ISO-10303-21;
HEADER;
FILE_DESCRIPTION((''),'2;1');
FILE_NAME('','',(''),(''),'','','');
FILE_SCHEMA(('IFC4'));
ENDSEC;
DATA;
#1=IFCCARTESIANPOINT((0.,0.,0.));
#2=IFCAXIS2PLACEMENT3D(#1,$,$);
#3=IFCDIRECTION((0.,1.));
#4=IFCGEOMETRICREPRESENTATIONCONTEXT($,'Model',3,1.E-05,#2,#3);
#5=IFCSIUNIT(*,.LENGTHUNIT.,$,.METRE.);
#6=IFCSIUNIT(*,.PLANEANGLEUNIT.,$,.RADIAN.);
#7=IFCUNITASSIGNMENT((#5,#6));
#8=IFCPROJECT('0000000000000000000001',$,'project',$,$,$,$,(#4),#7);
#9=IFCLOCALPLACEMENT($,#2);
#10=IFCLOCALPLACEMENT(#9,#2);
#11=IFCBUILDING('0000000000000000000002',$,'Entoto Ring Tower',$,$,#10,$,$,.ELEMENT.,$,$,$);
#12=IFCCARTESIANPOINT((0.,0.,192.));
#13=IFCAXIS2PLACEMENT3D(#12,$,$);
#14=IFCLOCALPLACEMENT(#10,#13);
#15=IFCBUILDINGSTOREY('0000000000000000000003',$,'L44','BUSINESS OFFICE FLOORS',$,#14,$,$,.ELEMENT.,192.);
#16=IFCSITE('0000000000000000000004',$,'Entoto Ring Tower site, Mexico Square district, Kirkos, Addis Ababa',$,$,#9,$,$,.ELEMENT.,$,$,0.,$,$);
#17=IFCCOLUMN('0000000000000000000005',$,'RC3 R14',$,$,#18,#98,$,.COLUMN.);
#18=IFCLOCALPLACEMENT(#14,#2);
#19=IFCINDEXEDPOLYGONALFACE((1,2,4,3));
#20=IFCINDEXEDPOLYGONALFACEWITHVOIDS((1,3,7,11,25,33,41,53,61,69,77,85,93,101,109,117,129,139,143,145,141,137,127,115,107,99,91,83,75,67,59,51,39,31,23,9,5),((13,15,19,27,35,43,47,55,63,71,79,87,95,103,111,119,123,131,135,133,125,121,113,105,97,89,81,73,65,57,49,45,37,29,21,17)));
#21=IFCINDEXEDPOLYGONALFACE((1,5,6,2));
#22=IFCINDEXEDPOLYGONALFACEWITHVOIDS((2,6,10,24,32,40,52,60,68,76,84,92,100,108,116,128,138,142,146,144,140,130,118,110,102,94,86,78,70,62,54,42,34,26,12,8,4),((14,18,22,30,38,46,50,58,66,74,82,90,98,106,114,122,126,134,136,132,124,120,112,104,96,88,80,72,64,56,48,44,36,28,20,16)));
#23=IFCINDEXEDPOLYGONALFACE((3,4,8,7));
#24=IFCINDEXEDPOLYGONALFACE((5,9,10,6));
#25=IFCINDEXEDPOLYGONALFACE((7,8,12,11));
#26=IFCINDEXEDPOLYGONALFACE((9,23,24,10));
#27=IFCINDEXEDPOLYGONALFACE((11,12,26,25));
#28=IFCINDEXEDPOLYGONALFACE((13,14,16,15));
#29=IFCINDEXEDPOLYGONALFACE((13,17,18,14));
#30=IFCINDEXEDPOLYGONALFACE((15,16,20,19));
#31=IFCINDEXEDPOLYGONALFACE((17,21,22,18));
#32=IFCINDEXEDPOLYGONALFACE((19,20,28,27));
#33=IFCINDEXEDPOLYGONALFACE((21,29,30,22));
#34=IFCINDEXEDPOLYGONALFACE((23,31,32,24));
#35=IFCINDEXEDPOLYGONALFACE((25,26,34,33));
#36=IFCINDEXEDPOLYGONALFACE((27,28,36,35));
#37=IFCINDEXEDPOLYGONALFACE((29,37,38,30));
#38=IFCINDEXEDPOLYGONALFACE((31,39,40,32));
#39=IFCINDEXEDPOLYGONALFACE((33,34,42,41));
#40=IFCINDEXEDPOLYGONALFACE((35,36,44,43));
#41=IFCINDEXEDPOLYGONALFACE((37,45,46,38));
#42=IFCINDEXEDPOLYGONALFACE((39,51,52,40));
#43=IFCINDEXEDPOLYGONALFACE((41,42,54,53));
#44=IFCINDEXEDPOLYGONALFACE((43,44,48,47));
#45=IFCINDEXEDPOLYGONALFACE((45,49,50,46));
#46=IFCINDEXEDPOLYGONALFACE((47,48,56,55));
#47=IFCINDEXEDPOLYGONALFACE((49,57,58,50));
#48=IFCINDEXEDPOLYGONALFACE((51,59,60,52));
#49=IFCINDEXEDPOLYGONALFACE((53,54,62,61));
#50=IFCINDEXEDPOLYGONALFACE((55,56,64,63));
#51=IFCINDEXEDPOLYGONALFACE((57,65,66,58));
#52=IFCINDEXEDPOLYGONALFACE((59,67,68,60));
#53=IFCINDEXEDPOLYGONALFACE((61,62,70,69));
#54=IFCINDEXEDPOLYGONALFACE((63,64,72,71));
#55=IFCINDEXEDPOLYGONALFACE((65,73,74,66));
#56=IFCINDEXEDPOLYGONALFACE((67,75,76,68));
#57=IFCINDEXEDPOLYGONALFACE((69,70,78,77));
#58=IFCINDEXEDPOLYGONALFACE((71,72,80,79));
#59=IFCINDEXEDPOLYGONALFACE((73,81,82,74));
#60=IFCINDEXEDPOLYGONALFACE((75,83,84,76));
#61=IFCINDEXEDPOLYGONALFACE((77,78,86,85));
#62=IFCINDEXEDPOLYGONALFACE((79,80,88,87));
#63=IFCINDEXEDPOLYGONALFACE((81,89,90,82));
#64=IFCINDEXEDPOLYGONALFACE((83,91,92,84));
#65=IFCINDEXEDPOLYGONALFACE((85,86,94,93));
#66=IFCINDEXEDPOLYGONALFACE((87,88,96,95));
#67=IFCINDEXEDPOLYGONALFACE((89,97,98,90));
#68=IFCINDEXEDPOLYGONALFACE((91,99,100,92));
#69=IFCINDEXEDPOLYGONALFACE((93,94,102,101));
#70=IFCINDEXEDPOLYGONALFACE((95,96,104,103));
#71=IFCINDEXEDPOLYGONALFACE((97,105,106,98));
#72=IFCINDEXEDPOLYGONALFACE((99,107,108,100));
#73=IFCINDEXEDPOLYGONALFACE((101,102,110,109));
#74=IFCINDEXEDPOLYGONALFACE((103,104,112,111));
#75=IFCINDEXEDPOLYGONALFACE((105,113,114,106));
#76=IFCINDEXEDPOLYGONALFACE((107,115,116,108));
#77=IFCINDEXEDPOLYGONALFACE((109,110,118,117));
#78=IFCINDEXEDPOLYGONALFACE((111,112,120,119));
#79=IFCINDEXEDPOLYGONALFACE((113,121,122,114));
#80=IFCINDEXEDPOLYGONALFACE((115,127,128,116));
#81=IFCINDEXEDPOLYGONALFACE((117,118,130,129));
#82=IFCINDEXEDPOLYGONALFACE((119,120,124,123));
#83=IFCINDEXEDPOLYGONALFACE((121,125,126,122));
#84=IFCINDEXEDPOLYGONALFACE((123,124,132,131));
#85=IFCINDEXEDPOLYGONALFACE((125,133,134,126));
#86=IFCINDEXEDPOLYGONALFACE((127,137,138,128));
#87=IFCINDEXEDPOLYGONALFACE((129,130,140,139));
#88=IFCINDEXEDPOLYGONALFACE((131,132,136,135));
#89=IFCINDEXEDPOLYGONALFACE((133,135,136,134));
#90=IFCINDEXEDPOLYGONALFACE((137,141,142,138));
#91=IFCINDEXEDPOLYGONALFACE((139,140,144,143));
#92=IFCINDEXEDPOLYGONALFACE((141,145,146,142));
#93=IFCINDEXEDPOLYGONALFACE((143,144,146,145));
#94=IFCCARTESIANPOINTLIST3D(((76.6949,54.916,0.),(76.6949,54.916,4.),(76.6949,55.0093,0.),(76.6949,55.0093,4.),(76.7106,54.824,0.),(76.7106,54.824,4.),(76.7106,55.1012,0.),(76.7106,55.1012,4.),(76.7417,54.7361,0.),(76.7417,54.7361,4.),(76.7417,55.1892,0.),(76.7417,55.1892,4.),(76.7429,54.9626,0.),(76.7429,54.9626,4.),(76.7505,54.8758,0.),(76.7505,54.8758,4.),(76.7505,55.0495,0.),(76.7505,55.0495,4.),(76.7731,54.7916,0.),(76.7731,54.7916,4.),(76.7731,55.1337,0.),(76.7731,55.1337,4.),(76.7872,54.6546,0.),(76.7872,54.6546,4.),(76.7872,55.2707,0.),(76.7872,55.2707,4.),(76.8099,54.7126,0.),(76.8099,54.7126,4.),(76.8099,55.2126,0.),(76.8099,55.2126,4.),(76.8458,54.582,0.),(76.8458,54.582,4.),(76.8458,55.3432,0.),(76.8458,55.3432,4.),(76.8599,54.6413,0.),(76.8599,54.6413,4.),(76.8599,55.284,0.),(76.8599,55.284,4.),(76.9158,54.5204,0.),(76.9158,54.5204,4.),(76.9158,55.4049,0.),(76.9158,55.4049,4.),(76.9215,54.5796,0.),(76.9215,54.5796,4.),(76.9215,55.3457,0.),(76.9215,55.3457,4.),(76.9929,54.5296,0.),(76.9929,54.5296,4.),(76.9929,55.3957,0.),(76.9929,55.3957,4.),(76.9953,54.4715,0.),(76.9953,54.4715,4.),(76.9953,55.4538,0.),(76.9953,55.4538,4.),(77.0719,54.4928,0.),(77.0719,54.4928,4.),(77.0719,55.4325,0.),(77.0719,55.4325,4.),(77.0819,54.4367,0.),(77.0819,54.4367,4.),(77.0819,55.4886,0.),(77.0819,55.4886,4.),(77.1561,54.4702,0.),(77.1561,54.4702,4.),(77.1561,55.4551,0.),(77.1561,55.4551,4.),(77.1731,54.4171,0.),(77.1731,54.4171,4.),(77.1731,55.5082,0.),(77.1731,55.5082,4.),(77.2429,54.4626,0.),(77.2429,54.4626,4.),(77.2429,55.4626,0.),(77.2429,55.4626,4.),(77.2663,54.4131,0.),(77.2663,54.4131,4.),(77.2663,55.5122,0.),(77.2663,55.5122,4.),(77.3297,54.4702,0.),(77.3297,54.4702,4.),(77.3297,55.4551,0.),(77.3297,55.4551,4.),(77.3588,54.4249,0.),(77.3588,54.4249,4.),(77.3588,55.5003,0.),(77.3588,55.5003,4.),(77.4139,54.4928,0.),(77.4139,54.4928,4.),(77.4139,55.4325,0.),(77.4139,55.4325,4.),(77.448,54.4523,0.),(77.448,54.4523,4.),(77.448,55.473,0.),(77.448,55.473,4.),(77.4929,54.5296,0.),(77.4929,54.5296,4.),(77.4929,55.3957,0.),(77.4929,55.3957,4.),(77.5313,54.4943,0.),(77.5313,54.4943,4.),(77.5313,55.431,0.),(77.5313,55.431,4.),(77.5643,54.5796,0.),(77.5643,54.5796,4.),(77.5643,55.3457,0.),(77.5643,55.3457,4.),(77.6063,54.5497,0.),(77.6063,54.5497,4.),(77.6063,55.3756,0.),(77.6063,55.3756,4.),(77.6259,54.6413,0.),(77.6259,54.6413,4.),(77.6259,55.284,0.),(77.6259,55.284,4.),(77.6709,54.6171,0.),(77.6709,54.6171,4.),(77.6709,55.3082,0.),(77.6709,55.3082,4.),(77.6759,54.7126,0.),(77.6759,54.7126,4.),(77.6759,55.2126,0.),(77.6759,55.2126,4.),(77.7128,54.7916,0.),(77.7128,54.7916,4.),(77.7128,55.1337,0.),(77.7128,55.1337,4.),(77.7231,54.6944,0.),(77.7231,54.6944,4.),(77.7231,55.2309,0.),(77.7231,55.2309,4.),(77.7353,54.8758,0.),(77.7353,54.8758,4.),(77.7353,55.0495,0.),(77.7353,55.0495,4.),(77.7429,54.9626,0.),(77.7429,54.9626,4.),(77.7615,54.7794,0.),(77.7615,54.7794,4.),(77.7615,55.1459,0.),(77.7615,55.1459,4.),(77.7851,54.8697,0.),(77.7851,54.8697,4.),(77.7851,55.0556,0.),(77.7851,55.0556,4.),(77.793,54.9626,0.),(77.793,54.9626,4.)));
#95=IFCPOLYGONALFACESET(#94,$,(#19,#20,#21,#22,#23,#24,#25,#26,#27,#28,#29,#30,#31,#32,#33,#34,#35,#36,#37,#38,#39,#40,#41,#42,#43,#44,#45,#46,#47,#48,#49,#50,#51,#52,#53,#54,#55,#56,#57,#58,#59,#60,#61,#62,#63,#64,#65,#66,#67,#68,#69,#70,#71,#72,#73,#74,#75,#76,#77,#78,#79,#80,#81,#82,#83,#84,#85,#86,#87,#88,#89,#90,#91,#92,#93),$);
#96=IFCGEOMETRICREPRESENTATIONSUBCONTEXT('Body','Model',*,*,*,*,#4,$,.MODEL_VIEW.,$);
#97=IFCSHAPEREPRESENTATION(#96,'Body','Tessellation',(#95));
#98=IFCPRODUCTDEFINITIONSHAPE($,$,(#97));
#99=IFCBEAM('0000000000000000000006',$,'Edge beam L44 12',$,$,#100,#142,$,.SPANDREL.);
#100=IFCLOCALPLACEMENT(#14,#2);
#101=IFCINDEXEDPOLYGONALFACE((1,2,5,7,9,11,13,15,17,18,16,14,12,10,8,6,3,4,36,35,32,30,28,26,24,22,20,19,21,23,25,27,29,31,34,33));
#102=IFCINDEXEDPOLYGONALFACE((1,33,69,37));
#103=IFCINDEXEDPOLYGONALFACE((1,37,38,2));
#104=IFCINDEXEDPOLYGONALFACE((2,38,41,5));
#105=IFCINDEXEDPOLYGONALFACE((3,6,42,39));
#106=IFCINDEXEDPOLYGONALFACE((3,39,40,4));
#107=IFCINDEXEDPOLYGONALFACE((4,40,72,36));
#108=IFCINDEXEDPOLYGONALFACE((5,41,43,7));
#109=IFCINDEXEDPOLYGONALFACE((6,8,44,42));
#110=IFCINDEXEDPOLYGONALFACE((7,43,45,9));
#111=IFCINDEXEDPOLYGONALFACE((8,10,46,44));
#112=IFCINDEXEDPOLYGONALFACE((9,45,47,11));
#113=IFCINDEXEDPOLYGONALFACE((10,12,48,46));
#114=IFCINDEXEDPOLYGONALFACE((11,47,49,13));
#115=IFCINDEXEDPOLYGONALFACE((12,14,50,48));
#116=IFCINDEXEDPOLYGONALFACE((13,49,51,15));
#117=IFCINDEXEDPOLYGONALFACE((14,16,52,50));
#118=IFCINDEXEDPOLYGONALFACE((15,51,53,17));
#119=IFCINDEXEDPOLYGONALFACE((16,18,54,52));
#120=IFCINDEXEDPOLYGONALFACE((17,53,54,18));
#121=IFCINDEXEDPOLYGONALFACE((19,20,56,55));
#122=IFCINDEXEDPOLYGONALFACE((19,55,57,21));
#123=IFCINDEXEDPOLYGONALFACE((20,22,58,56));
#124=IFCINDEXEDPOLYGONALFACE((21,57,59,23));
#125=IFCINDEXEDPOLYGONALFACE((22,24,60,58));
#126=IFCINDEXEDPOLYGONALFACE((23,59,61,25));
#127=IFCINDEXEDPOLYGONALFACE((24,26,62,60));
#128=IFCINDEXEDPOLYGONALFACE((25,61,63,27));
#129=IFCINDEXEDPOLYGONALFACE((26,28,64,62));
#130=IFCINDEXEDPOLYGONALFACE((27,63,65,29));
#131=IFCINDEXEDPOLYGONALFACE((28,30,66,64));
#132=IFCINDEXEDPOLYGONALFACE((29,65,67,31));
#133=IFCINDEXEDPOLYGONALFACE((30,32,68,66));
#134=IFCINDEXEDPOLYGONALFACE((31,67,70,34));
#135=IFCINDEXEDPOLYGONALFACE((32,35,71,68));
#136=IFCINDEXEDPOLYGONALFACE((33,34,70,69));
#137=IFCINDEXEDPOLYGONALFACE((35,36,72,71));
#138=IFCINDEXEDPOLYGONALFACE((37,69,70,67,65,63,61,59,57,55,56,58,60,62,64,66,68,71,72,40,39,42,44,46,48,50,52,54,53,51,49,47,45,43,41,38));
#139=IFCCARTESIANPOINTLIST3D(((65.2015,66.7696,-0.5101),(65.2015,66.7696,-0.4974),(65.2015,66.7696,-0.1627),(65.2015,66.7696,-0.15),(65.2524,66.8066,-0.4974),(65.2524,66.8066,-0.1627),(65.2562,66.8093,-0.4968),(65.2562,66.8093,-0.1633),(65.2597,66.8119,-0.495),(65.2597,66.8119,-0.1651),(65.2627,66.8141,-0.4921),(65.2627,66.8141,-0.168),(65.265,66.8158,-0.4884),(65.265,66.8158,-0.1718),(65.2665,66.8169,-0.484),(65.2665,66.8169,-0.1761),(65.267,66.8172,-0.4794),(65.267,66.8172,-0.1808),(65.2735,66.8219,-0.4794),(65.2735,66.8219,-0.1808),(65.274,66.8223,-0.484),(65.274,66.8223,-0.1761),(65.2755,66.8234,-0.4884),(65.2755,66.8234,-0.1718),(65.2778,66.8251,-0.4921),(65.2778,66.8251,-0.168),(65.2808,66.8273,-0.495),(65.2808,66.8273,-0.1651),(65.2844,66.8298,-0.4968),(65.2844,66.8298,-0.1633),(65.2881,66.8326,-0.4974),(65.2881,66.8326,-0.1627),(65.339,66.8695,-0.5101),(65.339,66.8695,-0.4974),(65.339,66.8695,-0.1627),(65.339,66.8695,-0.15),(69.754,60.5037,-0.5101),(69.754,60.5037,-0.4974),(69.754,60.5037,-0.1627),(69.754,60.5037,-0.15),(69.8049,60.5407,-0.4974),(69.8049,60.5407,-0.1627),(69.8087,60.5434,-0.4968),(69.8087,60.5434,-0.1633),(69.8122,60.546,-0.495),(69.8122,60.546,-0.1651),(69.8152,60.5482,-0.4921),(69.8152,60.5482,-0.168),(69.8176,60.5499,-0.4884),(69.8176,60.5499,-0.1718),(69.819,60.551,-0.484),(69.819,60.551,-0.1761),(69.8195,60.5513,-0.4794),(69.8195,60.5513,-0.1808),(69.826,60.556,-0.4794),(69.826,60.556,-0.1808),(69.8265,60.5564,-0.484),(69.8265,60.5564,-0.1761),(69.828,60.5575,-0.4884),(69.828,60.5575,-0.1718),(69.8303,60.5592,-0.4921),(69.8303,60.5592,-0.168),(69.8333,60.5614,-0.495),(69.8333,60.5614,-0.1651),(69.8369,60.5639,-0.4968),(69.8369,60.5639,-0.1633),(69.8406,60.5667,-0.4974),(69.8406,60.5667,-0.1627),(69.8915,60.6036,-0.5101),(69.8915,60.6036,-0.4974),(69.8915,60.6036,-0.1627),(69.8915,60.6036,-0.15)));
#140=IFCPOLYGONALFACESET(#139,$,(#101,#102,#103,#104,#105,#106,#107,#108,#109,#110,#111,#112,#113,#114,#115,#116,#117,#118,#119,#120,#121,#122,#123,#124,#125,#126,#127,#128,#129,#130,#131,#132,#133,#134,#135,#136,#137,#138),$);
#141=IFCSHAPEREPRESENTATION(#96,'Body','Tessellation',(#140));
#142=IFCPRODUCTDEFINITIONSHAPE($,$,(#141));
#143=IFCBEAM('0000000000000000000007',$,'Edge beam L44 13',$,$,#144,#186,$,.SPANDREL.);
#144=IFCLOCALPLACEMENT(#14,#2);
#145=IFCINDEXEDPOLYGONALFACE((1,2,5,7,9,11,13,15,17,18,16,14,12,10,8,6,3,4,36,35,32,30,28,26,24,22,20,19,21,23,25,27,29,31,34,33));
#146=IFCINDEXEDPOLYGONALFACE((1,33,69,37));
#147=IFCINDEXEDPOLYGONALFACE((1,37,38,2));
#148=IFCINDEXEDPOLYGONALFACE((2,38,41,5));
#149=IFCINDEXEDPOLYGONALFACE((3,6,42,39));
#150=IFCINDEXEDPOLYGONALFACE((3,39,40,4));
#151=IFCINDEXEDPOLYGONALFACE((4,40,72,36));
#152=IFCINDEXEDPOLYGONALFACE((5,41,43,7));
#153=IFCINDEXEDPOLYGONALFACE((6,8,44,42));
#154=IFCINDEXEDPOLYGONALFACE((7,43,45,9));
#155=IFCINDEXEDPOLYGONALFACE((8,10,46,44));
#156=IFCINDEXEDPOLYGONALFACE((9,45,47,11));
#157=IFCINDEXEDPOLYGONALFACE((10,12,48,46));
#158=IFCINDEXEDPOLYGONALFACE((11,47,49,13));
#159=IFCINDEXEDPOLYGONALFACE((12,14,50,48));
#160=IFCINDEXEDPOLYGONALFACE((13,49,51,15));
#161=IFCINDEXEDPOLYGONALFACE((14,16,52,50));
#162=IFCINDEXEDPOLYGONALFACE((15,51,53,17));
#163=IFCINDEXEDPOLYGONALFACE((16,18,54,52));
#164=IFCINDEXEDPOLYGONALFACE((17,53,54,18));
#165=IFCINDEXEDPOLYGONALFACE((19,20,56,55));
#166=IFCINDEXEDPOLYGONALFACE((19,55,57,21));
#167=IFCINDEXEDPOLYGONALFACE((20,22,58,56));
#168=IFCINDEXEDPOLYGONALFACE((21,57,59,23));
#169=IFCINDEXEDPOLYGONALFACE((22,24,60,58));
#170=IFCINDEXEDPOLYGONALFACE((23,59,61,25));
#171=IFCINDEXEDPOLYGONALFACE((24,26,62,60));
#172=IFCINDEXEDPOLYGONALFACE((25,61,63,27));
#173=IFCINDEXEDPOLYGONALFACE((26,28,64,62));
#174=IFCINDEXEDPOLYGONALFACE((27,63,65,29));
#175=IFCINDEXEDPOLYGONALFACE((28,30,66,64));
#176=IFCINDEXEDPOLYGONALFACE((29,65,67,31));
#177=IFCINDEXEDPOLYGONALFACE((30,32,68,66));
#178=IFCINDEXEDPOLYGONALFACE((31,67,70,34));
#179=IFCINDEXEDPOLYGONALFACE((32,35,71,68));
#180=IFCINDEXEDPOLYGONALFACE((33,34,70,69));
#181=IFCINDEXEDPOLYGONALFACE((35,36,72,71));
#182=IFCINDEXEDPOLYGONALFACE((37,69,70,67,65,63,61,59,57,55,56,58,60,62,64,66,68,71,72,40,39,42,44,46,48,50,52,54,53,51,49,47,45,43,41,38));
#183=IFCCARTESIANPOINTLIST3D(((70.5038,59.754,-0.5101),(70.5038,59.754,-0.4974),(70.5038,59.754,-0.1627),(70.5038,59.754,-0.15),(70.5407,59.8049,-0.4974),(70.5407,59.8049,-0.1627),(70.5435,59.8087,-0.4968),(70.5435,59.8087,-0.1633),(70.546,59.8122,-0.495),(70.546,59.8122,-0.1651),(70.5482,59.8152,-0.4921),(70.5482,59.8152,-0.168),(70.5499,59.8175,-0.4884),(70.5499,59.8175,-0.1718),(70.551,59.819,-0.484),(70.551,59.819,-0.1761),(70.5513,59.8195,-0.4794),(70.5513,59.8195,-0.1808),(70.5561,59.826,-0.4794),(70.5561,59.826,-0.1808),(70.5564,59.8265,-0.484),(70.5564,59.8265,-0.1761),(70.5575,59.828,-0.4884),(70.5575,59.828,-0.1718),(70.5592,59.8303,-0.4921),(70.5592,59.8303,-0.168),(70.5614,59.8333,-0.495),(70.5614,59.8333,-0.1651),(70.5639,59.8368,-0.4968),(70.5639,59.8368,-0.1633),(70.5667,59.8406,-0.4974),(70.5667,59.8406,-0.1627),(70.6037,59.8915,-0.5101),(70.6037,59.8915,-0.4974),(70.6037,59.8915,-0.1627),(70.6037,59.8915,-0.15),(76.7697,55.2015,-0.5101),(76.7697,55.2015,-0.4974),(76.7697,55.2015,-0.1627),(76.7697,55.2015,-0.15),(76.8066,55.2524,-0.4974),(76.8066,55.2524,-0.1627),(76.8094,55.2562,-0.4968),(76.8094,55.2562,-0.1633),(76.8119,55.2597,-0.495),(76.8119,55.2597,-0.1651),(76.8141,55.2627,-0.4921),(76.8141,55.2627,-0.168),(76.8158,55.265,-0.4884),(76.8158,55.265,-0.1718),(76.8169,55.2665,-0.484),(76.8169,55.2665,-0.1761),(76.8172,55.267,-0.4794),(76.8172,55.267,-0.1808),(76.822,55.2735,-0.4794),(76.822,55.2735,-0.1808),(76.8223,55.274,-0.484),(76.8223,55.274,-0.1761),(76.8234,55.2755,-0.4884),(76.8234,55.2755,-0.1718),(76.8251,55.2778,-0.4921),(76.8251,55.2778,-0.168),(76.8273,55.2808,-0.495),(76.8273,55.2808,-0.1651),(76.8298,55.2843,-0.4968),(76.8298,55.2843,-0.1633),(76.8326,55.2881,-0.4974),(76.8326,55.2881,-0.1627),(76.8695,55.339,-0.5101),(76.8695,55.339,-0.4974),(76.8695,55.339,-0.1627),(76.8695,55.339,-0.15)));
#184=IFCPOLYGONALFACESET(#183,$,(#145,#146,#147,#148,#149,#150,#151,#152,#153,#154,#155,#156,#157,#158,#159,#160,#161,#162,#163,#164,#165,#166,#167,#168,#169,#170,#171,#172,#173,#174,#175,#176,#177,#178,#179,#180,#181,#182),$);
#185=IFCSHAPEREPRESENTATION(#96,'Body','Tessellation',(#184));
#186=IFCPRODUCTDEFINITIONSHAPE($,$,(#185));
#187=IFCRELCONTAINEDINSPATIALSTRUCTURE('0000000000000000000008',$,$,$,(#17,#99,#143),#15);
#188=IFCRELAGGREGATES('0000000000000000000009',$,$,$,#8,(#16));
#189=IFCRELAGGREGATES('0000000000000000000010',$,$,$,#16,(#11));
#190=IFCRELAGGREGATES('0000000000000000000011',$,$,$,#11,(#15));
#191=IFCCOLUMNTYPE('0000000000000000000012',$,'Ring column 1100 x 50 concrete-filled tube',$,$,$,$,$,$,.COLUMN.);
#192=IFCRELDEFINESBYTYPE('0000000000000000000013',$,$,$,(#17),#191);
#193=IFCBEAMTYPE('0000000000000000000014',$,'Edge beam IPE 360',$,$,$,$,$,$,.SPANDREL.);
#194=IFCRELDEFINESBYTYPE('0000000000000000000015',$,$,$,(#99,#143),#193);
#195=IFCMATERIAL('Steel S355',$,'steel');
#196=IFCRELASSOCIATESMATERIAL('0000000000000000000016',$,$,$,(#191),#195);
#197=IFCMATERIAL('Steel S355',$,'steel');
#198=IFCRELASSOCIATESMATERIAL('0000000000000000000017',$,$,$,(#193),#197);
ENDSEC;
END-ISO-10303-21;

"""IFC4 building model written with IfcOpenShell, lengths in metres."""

from ifc_helpers import new_model, si_unit, direction, frame, origin, origin_2d, place, context, subcontext, project, spatial, circle, hollow_circle, i_section, extrude, material, material_profile, profile_set, type_object, element, save


model = new_model("IFC4")

# Units and contexts
model_context = context("Model", 3, precision=1e-05, world=origin(), true_north=direction((0.0, 1.0)))
body_context = subcontext(model_context, "Body", "Model", "MODEL_VIEW")
ifc_project = project(units=[si_unit("LENGTHUNIT", "METRE"), si_unit("PLANEANGLEUNIT", "RADIAN")], contexts=[model_context])

# Site, building, storey
site_placement = place(None, origin())
site = spatial("IfcSite", under=ifc_project, at=site_placement, Name="Entoto Ring Tower site, Mexico Square district, Kirkos, Addis Ababa", CompositionType="ELEMENT", RefElevation=0.0)
building_placement = place(site_placement, origin())
building = spatial("IfcBuilding", under=site, at=building_placement, Name="Entoto Ring Tower", CompositionType="ELEMENT")
storey_placement = place(building_placement, frame((0.0, 0.0, 192.0)))
storey = spatial("IfcBuildingStorey", under=building, at=storey_placement, Name="L44", Description="BUSINESS OFFICE FLOORS", CompositionType="ELEMENT", Elevation=192.0)

# Column
ifc_material_1 = material(Name="Steel S355", Category="steel")
ifc_material_profile_1 = material_profile(ifc_material_1, hollow_circle(Radius=0.55, WallThickness=0.05, at=origin_2d()), Name="CHS 1100 x 50")
ifc_material_2 = material(Name="Concrete C60/75", Category="concrete")
ifc_material_profile_2 = material_profile(ifc_material_2, circle(Radius=0.5, at=origin_2d()), Name="Concrete C60/75 infill")
ifc_profile_set_1 = profile_set([ifc_material_profile_1, ifc_material_profile_2], Name="Steel S355")
column_type = type_object("IfcColumnType", Name="Ring column 1100 x 50 concrete-filled tube", PredefinedType="COLUMN", material=ifc_profile_set_1)
for number, where, z_axis, x_axis, name in (
    (1, (77.2429, 54.9626, 0.0), (0.0, 0.0, 1.0), (1.0, 0.0, 0.0), "RC3 R14"),
):
    element("IfcColumn", number, at=place(storey_placement, frame(where, z_axis=z_axis, x_axis=x_axis)), inside=storey, type_object=column_type, Name=name, PredefinedType="COLUMN", context=body_context, shape_type="SweptSolid", body=[
        extrude(hollow_circle(Radius=0.55, WallThickness=0.05, at=origin_2d()), origin(), (0.0, 0.0, 1.0), 4.0),
    ])

# Beams
ifc_material_3 = material(Name="Steel S355", Category="steel")
ifc_material_profile_3 = material_profile(ifc_material_3, i_section(OverallWidth=0.1699, OverallDepth=0.3601, WebThickness=0.0081, FlangeThickness=0.0127, FilletRadius=0.0181, at=origin_2d()), Name="IPE 360")
ifc_profile_set_2 = profile_set([ifc_material_profile_3], Name="Steel S355")
beam_type_1 = type_object("IfcBeamType", Name="Edge beam IPE 360", PredefinedType="SPANDREL", material=ifc_profile_set_2)
for number, where, z_axis, x_axis, name in (
    (2, (65.2703, 66.8196, -0.3301), (0.587791, -0.809013, 0.0), (0.809013, 0.587791, 0.0), "Edge beam L44 12"),
    (3, (70.5537, 59.8228, -0.3301), (0.809013, -0.587791, 0.0), (0.587791, 0.809013, 0.0), "Edge beam L44 13"),
):
    element("IfcBeam", number, at=place(storey_placement, frame(where, z_axis=z_axis, x_axis=x_axis)), inside=storey, type_object=beam_type_1, Name=name, PredefinedType="SPANDREL", context=body_context, shape_type="SweptSolid", body=[
        extrude(i_section(OverallWidth=0.1699, OverallDepth=0.3601, WebThickness=0.0081, FlangeThickness=0.0127, FilletRadius=0.0181, at=origin_2d()), origin(), (0.0, 0.0, 1.0), 7.7451),
    ])

save(model, "model.ifc")
